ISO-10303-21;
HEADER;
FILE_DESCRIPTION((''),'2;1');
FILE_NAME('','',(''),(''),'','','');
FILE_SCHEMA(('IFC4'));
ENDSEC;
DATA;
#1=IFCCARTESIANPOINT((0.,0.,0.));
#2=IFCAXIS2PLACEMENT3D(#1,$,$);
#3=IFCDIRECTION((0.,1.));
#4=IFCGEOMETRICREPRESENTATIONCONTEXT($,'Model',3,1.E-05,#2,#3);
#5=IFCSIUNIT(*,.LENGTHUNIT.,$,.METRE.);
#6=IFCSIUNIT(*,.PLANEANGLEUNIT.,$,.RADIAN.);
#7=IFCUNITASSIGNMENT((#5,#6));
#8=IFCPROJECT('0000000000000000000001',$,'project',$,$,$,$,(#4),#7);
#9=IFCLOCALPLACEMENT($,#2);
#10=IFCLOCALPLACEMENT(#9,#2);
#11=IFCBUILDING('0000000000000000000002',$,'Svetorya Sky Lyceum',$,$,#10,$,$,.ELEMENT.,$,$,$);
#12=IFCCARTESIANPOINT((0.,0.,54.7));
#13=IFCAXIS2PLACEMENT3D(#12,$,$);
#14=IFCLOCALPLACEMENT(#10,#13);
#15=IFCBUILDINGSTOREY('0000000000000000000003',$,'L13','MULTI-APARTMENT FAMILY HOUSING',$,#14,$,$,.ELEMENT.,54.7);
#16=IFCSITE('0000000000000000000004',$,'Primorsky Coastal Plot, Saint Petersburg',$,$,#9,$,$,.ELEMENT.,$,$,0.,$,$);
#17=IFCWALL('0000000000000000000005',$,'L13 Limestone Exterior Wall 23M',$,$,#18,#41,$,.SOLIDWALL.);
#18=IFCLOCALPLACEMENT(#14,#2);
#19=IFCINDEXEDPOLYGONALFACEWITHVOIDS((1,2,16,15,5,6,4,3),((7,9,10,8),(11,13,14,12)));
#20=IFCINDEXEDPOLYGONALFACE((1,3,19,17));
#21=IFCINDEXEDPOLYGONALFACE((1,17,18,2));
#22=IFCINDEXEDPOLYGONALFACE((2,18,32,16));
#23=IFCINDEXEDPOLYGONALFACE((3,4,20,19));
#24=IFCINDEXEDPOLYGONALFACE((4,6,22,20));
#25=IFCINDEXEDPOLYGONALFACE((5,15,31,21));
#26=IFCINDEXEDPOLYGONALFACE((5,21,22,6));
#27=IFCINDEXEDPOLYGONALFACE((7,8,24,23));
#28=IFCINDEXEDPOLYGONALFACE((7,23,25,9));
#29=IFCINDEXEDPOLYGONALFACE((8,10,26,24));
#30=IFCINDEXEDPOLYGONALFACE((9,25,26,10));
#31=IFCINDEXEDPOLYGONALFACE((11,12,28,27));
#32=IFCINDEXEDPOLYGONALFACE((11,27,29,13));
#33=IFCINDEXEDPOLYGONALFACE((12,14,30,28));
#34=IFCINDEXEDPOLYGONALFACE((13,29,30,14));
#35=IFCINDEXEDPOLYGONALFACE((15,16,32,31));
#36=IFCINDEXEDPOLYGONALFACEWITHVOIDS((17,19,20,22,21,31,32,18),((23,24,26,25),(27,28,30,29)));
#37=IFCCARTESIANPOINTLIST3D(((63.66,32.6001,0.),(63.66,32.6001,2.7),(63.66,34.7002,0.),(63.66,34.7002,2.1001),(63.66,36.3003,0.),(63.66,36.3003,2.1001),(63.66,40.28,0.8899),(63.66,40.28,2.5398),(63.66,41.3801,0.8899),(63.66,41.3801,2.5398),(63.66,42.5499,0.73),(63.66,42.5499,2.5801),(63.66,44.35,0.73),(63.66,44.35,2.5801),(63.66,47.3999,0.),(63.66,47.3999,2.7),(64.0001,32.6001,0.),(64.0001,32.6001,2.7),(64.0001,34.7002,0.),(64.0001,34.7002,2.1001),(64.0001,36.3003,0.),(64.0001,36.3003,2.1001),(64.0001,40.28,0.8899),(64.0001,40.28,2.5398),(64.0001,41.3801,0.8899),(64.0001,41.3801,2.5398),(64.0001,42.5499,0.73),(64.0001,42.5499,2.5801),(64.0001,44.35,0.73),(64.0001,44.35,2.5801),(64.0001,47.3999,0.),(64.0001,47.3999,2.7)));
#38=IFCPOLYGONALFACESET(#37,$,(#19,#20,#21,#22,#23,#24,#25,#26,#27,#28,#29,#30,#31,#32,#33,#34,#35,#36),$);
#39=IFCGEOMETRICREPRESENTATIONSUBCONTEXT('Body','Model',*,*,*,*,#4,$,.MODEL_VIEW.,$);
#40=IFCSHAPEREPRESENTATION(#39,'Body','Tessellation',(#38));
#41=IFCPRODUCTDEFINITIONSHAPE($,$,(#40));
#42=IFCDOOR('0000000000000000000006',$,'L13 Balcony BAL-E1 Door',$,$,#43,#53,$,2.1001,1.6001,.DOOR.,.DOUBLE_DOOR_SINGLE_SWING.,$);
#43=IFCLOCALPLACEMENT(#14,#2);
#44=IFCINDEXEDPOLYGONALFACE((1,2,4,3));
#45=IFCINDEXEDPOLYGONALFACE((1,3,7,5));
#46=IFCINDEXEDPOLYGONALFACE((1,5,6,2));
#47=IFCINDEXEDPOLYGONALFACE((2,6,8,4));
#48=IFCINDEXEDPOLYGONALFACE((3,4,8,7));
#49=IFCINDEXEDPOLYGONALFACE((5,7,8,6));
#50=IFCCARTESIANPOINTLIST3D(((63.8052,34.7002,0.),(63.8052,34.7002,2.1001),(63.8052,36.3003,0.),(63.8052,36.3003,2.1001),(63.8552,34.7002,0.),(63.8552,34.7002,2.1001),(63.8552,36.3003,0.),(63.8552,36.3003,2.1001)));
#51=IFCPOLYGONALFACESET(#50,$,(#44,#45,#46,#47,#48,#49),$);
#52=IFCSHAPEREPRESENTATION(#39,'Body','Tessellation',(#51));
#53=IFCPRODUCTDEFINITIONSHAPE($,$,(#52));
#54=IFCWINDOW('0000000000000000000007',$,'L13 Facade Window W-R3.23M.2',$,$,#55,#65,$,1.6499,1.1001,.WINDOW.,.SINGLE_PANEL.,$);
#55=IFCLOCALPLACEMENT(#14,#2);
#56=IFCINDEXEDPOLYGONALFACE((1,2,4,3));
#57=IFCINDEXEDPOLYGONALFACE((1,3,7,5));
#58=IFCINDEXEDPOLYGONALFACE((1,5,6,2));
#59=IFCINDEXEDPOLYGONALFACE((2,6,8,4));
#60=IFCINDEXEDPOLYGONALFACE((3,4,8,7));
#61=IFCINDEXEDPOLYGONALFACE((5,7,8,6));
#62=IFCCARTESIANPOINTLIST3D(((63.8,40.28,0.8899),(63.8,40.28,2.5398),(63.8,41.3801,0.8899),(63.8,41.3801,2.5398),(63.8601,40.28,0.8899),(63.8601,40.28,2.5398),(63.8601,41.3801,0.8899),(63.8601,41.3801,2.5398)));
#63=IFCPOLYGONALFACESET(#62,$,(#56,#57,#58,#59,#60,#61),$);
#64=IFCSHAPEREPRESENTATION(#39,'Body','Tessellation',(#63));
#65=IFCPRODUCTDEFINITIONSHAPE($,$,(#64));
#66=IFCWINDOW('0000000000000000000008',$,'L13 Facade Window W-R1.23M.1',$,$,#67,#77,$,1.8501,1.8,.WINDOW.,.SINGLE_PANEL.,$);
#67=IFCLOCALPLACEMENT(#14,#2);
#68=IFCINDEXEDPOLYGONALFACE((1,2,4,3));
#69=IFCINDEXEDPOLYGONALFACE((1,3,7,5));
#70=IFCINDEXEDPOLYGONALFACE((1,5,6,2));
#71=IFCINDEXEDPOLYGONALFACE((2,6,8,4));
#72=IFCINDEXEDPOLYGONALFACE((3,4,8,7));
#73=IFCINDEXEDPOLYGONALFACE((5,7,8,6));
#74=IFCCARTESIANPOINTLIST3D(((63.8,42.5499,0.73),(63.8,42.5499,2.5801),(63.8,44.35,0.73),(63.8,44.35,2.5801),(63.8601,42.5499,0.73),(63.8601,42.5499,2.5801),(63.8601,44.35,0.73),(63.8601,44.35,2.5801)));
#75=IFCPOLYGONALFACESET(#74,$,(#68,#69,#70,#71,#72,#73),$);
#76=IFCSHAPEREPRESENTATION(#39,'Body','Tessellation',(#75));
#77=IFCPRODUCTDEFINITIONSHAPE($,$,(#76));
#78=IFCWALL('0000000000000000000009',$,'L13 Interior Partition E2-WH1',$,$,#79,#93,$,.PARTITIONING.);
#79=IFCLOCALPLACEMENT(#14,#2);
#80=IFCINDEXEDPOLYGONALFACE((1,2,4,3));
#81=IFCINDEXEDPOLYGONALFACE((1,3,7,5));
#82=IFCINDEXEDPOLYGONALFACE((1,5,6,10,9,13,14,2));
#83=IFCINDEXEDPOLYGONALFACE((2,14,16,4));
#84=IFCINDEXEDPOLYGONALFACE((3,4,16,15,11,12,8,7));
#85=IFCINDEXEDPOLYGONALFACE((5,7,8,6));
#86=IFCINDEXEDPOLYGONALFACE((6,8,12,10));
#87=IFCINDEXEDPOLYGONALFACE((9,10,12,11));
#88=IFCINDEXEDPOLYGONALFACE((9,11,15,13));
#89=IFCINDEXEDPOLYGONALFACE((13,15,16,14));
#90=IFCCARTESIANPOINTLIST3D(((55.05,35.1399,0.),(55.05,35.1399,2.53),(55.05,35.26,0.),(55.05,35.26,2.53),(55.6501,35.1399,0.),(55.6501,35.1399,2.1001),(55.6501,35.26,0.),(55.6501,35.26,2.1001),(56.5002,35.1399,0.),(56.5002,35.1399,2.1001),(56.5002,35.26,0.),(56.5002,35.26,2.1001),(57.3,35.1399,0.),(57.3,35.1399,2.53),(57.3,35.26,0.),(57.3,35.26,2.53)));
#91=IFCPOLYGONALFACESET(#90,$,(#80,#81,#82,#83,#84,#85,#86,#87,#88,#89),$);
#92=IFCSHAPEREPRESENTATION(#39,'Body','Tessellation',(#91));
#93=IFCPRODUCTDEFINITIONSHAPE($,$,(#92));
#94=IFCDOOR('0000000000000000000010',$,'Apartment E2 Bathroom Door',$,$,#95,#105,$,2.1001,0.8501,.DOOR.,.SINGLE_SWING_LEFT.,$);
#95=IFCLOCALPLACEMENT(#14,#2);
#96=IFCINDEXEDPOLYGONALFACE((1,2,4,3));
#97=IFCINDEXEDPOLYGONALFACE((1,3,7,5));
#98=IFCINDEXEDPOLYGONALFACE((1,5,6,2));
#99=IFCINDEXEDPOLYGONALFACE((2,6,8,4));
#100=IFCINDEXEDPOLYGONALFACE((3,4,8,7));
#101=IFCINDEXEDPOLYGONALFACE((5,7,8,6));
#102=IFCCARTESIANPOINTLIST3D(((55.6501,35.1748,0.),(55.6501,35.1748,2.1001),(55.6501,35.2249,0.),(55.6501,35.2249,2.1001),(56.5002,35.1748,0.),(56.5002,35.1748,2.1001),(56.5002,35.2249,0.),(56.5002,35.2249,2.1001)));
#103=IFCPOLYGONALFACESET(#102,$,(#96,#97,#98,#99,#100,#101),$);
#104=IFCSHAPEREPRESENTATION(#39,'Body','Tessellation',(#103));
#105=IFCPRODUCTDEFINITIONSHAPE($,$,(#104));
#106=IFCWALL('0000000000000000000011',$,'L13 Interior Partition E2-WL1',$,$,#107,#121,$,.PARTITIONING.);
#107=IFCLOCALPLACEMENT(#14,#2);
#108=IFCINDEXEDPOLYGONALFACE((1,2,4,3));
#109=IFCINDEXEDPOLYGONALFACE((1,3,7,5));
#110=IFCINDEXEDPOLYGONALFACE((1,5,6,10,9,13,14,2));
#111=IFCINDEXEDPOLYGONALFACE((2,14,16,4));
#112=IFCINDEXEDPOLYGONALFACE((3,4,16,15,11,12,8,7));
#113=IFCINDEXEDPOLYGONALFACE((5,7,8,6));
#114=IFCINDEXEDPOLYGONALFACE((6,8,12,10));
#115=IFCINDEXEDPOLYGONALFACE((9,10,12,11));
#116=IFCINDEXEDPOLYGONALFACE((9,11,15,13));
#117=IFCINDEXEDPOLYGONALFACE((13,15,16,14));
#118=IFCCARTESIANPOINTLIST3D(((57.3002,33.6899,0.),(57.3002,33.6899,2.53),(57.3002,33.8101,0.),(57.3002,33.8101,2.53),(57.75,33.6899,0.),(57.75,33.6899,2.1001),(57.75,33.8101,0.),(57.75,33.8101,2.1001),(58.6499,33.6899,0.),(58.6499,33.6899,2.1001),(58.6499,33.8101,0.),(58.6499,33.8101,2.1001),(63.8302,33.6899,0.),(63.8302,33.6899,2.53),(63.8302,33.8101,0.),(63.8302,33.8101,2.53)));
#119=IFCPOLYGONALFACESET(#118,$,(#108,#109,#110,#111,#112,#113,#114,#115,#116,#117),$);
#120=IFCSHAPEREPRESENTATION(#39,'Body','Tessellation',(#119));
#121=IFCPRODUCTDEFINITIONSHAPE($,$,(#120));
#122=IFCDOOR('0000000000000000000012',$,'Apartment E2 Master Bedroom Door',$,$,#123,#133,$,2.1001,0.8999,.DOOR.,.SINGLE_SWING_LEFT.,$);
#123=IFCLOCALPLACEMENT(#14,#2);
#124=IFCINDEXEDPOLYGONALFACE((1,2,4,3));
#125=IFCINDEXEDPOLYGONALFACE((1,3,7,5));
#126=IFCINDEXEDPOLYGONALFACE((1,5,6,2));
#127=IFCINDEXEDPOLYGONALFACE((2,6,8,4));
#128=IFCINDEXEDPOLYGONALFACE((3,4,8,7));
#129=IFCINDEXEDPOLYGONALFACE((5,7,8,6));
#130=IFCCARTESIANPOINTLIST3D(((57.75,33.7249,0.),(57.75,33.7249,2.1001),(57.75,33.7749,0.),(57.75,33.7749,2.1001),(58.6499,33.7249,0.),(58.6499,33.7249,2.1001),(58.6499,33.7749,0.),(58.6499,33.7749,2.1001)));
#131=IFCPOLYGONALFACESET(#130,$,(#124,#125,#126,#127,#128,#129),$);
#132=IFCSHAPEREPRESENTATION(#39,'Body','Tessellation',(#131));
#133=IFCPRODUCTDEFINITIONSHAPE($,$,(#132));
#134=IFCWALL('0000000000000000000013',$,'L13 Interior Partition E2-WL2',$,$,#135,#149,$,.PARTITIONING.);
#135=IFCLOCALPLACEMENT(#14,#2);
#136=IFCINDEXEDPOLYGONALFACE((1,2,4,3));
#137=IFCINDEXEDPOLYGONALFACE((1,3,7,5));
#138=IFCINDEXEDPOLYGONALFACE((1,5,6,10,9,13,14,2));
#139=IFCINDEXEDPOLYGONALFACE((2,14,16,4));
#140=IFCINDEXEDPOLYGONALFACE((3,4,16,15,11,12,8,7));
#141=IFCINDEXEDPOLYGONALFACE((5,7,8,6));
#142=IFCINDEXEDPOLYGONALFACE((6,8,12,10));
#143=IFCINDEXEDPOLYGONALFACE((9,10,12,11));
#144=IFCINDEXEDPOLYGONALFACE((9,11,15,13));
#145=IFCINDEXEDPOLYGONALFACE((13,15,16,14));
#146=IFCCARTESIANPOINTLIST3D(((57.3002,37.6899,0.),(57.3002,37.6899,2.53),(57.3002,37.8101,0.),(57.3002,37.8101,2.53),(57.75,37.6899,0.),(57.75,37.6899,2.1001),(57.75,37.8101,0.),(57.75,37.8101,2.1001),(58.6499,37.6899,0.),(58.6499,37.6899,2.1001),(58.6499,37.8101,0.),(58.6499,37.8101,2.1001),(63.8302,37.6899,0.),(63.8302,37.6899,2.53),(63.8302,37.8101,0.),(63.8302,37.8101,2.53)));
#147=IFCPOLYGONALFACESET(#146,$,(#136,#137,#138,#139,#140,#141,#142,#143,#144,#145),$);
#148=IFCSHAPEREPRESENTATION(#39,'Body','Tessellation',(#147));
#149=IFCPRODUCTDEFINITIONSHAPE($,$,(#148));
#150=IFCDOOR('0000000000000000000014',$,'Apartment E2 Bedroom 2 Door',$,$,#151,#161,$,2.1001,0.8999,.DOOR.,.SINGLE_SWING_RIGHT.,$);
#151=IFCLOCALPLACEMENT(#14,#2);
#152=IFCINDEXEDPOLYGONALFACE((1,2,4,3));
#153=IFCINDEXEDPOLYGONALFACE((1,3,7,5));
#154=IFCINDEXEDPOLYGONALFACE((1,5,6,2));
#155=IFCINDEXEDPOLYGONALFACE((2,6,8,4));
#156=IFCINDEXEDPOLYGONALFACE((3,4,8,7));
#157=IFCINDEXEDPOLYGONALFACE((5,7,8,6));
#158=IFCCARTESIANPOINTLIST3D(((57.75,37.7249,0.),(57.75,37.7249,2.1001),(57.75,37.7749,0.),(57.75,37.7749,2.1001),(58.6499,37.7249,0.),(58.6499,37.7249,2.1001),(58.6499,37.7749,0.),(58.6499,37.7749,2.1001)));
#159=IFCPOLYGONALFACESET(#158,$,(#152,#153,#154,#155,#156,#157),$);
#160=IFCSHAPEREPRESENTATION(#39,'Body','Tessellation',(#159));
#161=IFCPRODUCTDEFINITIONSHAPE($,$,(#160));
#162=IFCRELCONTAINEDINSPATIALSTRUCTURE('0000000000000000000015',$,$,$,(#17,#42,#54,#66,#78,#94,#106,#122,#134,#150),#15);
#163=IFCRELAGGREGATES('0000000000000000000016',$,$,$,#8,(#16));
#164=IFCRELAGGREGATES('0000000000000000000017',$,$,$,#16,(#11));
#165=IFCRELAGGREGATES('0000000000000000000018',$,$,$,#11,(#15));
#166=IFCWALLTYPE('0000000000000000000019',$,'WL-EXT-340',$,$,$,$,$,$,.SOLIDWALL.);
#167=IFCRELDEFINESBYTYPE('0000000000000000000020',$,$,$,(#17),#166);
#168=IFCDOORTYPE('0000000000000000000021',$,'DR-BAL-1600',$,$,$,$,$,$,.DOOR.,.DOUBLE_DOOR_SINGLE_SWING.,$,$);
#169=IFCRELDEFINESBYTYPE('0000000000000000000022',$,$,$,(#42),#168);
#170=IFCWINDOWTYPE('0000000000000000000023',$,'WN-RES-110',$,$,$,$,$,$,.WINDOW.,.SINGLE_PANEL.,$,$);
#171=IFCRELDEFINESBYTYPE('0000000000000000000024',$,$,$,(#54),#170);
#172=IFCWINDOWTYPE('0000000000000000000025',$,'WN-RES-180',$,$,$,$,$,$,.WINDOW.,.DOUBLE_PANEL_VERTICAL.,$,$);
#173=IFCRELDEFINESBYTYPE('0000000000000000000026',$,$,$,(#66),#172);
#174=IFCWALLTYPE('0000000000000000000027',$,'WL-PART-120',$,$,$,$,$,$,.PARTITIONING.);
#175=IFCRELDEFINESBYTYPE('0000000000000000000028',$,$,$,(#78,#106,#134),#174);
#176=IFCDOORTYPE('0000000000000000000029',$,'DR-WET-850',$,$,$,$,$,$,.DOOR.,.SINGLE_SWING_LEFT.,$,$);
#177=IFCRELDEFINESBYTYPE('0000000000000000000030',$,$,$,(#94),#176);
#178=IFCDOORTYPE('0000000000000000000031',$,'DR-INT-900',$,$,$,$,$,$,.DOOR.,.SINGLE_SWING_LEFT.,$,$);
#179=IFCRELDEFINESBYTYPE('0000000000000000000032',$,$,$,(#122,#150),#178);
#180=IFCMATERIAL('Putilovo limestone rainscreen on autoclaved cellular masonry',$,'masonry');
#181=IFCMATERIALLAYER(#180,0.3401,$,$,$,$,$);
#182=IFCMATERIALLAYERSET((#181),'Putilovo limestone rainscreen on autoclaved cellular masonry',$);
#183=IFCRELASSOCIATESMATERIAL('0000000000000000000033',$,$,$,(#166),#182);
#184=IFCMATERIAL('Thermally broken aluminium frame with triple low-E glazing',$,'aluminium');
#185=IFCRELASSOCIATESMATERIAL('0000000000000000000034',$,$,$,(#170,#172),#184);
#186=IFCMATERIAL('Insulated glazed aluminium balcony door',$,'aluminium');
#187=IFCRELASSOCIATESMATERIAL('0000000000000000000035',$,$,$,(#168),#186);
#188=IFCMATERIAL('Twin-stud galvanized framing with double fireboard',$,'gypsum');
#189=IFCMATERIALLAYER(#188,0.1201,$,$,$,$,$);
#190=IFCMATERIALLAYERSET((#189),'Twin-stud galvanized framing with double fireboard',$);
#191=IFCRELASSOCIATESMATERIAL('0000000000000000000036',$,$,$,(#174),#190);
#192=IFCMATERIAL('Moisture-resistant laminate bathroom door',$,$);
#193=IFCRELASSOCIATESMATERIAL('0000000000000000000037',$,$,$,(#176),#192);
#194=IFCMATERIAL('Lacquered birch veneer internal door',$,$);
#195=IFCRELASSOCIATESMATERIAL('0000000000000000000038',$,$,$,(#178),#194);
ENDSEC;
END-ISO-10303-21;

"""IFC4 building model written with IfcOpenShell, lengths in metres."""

from ifc_helpers import new_model, si_unit, direction, frame, frame_2d, origin, place, context, subcontext, project, spatial, rectangle, extrude, material, layer, layer_set, type_object, element, fill, save


model = new_model("IFC4")

# Units and contexts
model_context = context("Model", 3, precision=1e-05, world=origin(), true_north=direction((0.0, 1.0)))
body_context = subcontext(model_context, "Body", "Model", "MODEL_VIEW")
ifc_project = project(units=[si_unit("LENGTHUNIT", "METRE"), si_unit("PLANEANGLEUNIT", "RADIAN")], contexts=[model_context])

# Site, building, storey
site_placement = place(None, origin())
site = spatial("IfcSite", under=ifc_project, at=site_placement, Name="Primorsky Coastal Plot, Saint Petersburg", CompositionType="ELEMENT", RefElevation=0.0)
building_placement = place(site_placement, origin())
building = spatial("IfcBuilding", under=site, at=building_placement, Name="Svetorya Sky Lyceum", CompositionType="ELEMENT")
storey_placement = place(building_placement, frame((0.0, 0.0, 54.7)))
storey = spatial("IfcBuildingStorey", under=building, at=storey_placement, Name="L13", Description="MULTI-APARTMENT FAMILY HOUSING", CompositionType="ELEMENT", Elevation=54.7)

# Shared definitions
ifc_material_1 = material(Name="Putilovo limestone rainscreen on autoclaved cellular masonry", Category="masonry")
ifc_layer_1 = layer(ifc_material_1, 0.3401)
ifc_layer_set_1 = layer_set([ifc_layer_1], Name="Putilovo limestone rainscreen on autoclaved cellular masonry")
wall_type_1 = type_object("IfcWallType", Name="WL-EXT-340", PredefinedType="SOLIDWALL", material=ifc_layer_set_1)

# Shared definitions
ifc_material_2 = material(Name="Thermally broken aluminium frame with triple low-E glazing", Category="aluminium")
window_type_1 = type_object("IfcWindowType", Name="WN-RES-110", PartitioningType="SINGLE_PANEL", PredefinedType="WINDOW", material=ifc_material_2)

# Wall, openings, door, windows
wall_1_placement = place(storey_placement, frame((63.8301, 32.6001, 0.0), z_axis=(0.0, 0.0, 1.0), x_axis=(0.0, 1.0, 0.0)))
wall_1 = element("IfcWall", 1, at=wall_1_placement, inside=storey, type_object=wall_type_1, Name="L13 Limestone Exterior Wall 23M", PredefinedType="SOLIDWALL", context=body_context, shape_type="SweptSolid", body=[
    extrude(rectangle(XDim=14.7998, YDim=0.3401, at=frame_2d((7.3999, 0.0))), origin(), (0.0, 0.0, 1.0), 2.7),
])
opening_1_placement = place(wall_1_placement, frame((2.1001, 0.0, 0.0)))
opening_1 = element("IfcOpeningElement", 2, at=opening_1_placement, cuts=wall_1, PredefinedType="OPENING", context=body_context, shape_type="SweptSolid", body=[
    extrude(rectangle(XDim=1.6001, YDim=2.1001, at=frame_2d((0.8, 1.05))), frame((0.0, 0.1799, 0.0), z_axis=(0.0, -1.0, 0.0), x_axis=(1.0, 0.0, 0.0)), (0.0, 0.0, 1.0), 0.3601),
])
opening_2_placement = place(wall_1_placement, frame((7.6799, 0.0, 0.8899)))
opening_2 = element("IfcOpeningElement", 3, at=opening_2_placement, cuts=wall_1, PredefinedType="OPENING", context=body_context, shape_type="SweptSolid", body=[
    extrude(rectangle(XDim=1.1001, YDim=1.6499, at=frame_2d((0.55, 0.825))), frame((0.0, 0.1799, 0.0), z_axis=(0.0, -1.0, 0.0), x_axis=(1.0, 0.0, 0.0)), (0.0, 0.0, 1.0), 0.3601),
])
opening_3_placement = place(wall_1_placement, frame((9.95, 0.0, 0.73)))
opening_3 = element("IfcOpeningElement", 4, at=opening_3_placement, cuts=wall_1, PredefinedType="OPENING", context=body_context, shape_type="SweptSolid", body=[
    extrude(rectangle(XDim=1.8, YDim=1.8501, at=frame_2d((0.8999, 0.925))), frame((0.0, 0.1799, 0.0), z_axis=(0.0, -1.0, 0.0), x_axis=(1.0, 0.0, 0.0)), (0.0, 0.0, 1.0), 0.3601),
])
ifc_material_3 = material(Name="Insulated glazed aluminium balcony door", Category="aluminium")
door_type_1 = type_object("IfcDoorType", Name="DR-BAL-1600", OperationType="DOUBLE_DOOR_SINGLE_SWING", PredefinedType="DOOR", material=ifc_material_3)
door_1_placement = place(opening_1_placement, origin())
door_1 = element("IfcDoor", 5, at=door_1_placement, inside=storey, type_object=door_type_1, Name="L13 Balcony BAL-E1 Door", OperationType="DOUBLE_DOOR_SINGLE_SWING", OverallHeight=2.1001, OverallWidth=1.6001, PredefinedType="DOOR", context=body_context, shape_type="SweptSolid", body=[
    extrude(rectangle(XDim=1.6001, YDim=2.1001, at=frame_2d((0.8, 1.05))), frame((0.0, 0.0249, 0.0), z_axis=(0.0, -1.0, 0.0), x_axis=(1.0, 0.0, 0.0)), (0.0, 0.0, 1.0), 0.05),
])
fill(opening_1, door_1)
window_1_placement = place(opening_2_placement, origin())
window_1 = element("IfcWindow", 6, at=window_1_placement, inside=storey, type_object=window_type_1, Name="L13 Facade Window W-R3.23M.2", OverallHeight=1.6499, OverallWidth=1.1001, PartitioningType="SINGLE_PANEL", PredefinedType="WINDOW", context=body_context, shape_type="SweptSolid", body=[
    extrude(rectangle(XDim=1.1001, YDim=1.6499, at=frame_2d((0.55, 0.825))), frame((0.0, 0.03, 0.0), z_axis=(0.0, -1.0, 0.0), x_axis=(1.0, 0.0, 0.0)), (0.0, 0.0, 1.0), 0.0601),
])
fill(opening_2, window_1)
window_type_2 = type_object("IfcWindowType", Name="WN-RES-180", PartitioningType="DOUBLE_PANEL_VERTICAL", PredefinedType="WINDOW", material=ifc_material_2)
window_2_placement = place(opening_3_placement, origin())
window_2 = element("IfcWindow", 7, at=window_2_placement, inside=storey, type_object=window_type_2, Name="L13 Facade Window W-R1.23M.1", OverallHeight=1.8501, OverallWidth=1.8, PartitioningType="SINGLE_PANEL", PredefinedType="WINDOW", context=body_context, shape_type="SweptSolid", body=[
    extrude(rectangle(XDim=1.8, YDim=1.8501, at=frame_2d((0.8999, 0.925))), frame((0.0, 0.03, 0.0), z_axis=(0.0, -1.0, 0.0), x_axis=(1.0, 0.0, 0.0)), (0.0, 0.0, 1.0), 0.0601),
])
fill(opening_3, window_2)

# Walls, openings, doors
ifc_material_4 = material(Name="Twin-stud galvanized framing with double fireboard", Category="gypsum")
ifc_layer_2 = layer(ifc_material_4, 0.1201)
ifc_layer_set_2 = layer_set([ifc_layer_2], Name="Twin-stud galvanized framing with double fireboard")
wall_type_2 = type_object("IfcWallType", Name="WL-PART-120", PredefinedType="PARTITIONING", material=ifc_layer_set_2)
wall_2_placement = place(storey_placement, frame((55.05, 35.2, 0.0), z_axis=(0.0, 0.0, 1.0), x_axis=(1.0, 0.0, 0.0)))
wall_2 = element("IfcWall", 8, at=wall_2_placement, inside=storey, type_object=wall_type_2, Name="L13 Interior Partition E2-WH1", PredefinedType="PARTITIONING", context=body_context, shape_type="SweptSolid", body=[
    extrude(rectangle(XDim=2.25, YDim=0.1201, at=frame_2d((1.125, 0.0))), origin(), (0.0, 0.0, 1.0), 2.53),
])
opening_4_placement = place(wall_2_placement, frame((0.6001, 0.0, 0.0)))
opening_4 = element("IfcOpeningElement", 9, at=opening_4_placement, cuts=wall_2, PredefinedType="OPENING", context=body_context, shape_type="SweptSolid", body=[
    extrude(rectangle(XDim=0.8501, YDim=2.1001, at=frame_2d((0.425, 1.05))), frame((0.0, 0.0701, 0.0), z_axis=(0.0, -1.0, 0.0), x_axis=(1.0, 0.0, 0.0)), (0.0, 0.0, 1.0), 0.1401),
])
ifc_material_5 = material(Name="Moisture-resistant laminate bathroom door")
door_type_2 = type_object("IfcDoorType", Name="DR-WET-850", OperationType="SINGLE_SWING_LEFT", PredefinedType="DOOR", material=ifc_material_5)
door_2_placement = place(opening_4_placement, origin())
door_2 = element("IfcDoor", 10, at=door_2_placement, inside=storey, type_object=door_type_2, Name="Apartment E2 Bathroom Door", OperationType="SINGLE_SWING_LEFT", OverallHeight=2.1001, OverallWidth=0.8501, PredefinedType="DOOR", context=body_context, shape_type="SweptSolid", body=[
    extrude(rectangle(XDim=0.8501, YDim=2.1001, at=frame_2d((0.425, 1.05))), frame((0.0, 0.0249, 0.0), z_axis=(0.0, -1.0, 0.0), x_axis=(1.0, 0.0, 0.0)), (0.0, 0.0, 1.0), 0.05),
])
fill(opening_4, door_2)
wall_3_placement = place(storey_placement, frame((57.3, 33.75, 0.0), z_axis=(0.0, 0.0, 1.0), x_axis=(1.0, 0.0, 0.0)))
wall_3 = element("IfcWall", 11, at=wall_3_placement, inside=storey, type_object=wall_type_2, Name="L13 Interior Partition E2-WL1", PredefinedType="PARTITIONING", context=body_context, shape_type="SweptSolid", body=[
    extrude(rectangle(XDim=6.53, YDim=0.1201, at=frame_2d((3.2651, 0.0))), origin(), (0.0, 0.0, 1.0), 2.53),
])
opening_5_placement = place(wall_3_placement, frame((0.45, 0.0, 0.0)))
opening_5 = element("IfcOpeningElement", 12, at=opening_5_placement, cuts=wall_3, PredefinedType="OPENING", context=body_context, shape_type="SweptSolid", body=[
    extrude(rectangle(XDim=0.8999, YDim=2.1001, at=frame_2d((0.45, 1.05))), frame((0.0, 0.0701, 0.0), z_axis=(0.0, -1.0, 0.0), x_axis=(1.0, 0.0, 0.0)), (0.0, 0.0, 1.0), 0.1401),
])
ifc_material_6 = material(Name="Lacquered birch veneer internal door")
door_type_3 = type_object("IfcDoorType", Name="DR-INT-900", OperationType="SINGLE_SWING_LEFT", PredefinedType="DOOR", material=ifc_material_6)
door_3_placement = place(opening_5_placement, origin())
door_3 = element("IfcDoor", 13, at=door_3_placement, inside=storey, type_object=door_type_3, Name="Apartment E2 Master Bedroom Door", OperationType="SINGLE_SWING_LEFT", OverallHeight=2.1001, OverallWidth=0.8999, PredefinedType="DOOR", context=body_context, shape_type="SweptSolid", body=[
    extrude(rectangle(XDim=0.8999, YDim=2.1001, at=frame_2d((0.45, 1.05))), frame((0.0, 0.0249, 0.0), z_axis=(0.0, -1.0, 0.0), x_axis=(1.0, 0.0, 0.0)), (0.0, 0.0, 1.0), 0.05),
])
fill(opening_5, door_3)
wall_4_placement = place(storey_placement, frame((57.3, 37.75, 0.0), z_axis=(0.0, 0.0, 1.0), x_axis=(1.0, 0.0, 0.0)))
wall_4 = element("IfcWall", 14, at=wall_4_placement, inside=storey, type_object=wall_type_2, Name="L13 Interior Partition E2-WL2", PredefinedType="PARTITIONING", context=body_context, shape_type="SweptSolid", body=[
    extrude(rectangle(XDim=6.53, YDim=0.1201, at=frame_2d((3.2651, 0.0))), origin(), (0.0, 0.0, 1.0), 2.53),
])
opening_6_placement = place(wall_4_placement, frame((0.45, 0.0, 0.0)))
opening_6 = element("IfcOpeningElement", 15, at=opening_6_placement, cuts=wall_4, PredefinedType="OPENING", context=body_context, shape_type="SweptSolid", body=[
    extrude(rectangle(XDim=0.8999, YDim=2.1001, at=frame_2d((0.45, 1.05))), frame((0.0, 0.0701, 0.0), z_axis=(0.0, -1.0, 0.0), x_axis=(1.0, 0.0, 0.0)), (0.0, 0.0, 1.0), 0.1401),
])
door_4_placement = place(opening_6_placement, origin())
door_4 = element("IfcDoor", 16, at=door_4_placement, inside=storey, type_object=door_type_3, Name="Apartment E2 Bedroom 2 Door", OperationType="SINGLE_SWING_RIGHT", OverallHeight=2.1001, OverallWidth=0.8999, PredefinedType="DOOR", context=body_context, shape_type="SweptSolid", body=[
    extrude(rectangle(XDim=0.8999, YDim=2.1001, at=frame_2d((0.45, 1.05))), frame((0.0, 0.0249, 0.0), z_axis=(0.0, -1.0, 0.0), x_axis=(1.0, 0.0, 0.0)), (0.0, 0.0, 1.0), 0.05),
])
fill(opening_6, door_4)

save(model, "model.ifc")
